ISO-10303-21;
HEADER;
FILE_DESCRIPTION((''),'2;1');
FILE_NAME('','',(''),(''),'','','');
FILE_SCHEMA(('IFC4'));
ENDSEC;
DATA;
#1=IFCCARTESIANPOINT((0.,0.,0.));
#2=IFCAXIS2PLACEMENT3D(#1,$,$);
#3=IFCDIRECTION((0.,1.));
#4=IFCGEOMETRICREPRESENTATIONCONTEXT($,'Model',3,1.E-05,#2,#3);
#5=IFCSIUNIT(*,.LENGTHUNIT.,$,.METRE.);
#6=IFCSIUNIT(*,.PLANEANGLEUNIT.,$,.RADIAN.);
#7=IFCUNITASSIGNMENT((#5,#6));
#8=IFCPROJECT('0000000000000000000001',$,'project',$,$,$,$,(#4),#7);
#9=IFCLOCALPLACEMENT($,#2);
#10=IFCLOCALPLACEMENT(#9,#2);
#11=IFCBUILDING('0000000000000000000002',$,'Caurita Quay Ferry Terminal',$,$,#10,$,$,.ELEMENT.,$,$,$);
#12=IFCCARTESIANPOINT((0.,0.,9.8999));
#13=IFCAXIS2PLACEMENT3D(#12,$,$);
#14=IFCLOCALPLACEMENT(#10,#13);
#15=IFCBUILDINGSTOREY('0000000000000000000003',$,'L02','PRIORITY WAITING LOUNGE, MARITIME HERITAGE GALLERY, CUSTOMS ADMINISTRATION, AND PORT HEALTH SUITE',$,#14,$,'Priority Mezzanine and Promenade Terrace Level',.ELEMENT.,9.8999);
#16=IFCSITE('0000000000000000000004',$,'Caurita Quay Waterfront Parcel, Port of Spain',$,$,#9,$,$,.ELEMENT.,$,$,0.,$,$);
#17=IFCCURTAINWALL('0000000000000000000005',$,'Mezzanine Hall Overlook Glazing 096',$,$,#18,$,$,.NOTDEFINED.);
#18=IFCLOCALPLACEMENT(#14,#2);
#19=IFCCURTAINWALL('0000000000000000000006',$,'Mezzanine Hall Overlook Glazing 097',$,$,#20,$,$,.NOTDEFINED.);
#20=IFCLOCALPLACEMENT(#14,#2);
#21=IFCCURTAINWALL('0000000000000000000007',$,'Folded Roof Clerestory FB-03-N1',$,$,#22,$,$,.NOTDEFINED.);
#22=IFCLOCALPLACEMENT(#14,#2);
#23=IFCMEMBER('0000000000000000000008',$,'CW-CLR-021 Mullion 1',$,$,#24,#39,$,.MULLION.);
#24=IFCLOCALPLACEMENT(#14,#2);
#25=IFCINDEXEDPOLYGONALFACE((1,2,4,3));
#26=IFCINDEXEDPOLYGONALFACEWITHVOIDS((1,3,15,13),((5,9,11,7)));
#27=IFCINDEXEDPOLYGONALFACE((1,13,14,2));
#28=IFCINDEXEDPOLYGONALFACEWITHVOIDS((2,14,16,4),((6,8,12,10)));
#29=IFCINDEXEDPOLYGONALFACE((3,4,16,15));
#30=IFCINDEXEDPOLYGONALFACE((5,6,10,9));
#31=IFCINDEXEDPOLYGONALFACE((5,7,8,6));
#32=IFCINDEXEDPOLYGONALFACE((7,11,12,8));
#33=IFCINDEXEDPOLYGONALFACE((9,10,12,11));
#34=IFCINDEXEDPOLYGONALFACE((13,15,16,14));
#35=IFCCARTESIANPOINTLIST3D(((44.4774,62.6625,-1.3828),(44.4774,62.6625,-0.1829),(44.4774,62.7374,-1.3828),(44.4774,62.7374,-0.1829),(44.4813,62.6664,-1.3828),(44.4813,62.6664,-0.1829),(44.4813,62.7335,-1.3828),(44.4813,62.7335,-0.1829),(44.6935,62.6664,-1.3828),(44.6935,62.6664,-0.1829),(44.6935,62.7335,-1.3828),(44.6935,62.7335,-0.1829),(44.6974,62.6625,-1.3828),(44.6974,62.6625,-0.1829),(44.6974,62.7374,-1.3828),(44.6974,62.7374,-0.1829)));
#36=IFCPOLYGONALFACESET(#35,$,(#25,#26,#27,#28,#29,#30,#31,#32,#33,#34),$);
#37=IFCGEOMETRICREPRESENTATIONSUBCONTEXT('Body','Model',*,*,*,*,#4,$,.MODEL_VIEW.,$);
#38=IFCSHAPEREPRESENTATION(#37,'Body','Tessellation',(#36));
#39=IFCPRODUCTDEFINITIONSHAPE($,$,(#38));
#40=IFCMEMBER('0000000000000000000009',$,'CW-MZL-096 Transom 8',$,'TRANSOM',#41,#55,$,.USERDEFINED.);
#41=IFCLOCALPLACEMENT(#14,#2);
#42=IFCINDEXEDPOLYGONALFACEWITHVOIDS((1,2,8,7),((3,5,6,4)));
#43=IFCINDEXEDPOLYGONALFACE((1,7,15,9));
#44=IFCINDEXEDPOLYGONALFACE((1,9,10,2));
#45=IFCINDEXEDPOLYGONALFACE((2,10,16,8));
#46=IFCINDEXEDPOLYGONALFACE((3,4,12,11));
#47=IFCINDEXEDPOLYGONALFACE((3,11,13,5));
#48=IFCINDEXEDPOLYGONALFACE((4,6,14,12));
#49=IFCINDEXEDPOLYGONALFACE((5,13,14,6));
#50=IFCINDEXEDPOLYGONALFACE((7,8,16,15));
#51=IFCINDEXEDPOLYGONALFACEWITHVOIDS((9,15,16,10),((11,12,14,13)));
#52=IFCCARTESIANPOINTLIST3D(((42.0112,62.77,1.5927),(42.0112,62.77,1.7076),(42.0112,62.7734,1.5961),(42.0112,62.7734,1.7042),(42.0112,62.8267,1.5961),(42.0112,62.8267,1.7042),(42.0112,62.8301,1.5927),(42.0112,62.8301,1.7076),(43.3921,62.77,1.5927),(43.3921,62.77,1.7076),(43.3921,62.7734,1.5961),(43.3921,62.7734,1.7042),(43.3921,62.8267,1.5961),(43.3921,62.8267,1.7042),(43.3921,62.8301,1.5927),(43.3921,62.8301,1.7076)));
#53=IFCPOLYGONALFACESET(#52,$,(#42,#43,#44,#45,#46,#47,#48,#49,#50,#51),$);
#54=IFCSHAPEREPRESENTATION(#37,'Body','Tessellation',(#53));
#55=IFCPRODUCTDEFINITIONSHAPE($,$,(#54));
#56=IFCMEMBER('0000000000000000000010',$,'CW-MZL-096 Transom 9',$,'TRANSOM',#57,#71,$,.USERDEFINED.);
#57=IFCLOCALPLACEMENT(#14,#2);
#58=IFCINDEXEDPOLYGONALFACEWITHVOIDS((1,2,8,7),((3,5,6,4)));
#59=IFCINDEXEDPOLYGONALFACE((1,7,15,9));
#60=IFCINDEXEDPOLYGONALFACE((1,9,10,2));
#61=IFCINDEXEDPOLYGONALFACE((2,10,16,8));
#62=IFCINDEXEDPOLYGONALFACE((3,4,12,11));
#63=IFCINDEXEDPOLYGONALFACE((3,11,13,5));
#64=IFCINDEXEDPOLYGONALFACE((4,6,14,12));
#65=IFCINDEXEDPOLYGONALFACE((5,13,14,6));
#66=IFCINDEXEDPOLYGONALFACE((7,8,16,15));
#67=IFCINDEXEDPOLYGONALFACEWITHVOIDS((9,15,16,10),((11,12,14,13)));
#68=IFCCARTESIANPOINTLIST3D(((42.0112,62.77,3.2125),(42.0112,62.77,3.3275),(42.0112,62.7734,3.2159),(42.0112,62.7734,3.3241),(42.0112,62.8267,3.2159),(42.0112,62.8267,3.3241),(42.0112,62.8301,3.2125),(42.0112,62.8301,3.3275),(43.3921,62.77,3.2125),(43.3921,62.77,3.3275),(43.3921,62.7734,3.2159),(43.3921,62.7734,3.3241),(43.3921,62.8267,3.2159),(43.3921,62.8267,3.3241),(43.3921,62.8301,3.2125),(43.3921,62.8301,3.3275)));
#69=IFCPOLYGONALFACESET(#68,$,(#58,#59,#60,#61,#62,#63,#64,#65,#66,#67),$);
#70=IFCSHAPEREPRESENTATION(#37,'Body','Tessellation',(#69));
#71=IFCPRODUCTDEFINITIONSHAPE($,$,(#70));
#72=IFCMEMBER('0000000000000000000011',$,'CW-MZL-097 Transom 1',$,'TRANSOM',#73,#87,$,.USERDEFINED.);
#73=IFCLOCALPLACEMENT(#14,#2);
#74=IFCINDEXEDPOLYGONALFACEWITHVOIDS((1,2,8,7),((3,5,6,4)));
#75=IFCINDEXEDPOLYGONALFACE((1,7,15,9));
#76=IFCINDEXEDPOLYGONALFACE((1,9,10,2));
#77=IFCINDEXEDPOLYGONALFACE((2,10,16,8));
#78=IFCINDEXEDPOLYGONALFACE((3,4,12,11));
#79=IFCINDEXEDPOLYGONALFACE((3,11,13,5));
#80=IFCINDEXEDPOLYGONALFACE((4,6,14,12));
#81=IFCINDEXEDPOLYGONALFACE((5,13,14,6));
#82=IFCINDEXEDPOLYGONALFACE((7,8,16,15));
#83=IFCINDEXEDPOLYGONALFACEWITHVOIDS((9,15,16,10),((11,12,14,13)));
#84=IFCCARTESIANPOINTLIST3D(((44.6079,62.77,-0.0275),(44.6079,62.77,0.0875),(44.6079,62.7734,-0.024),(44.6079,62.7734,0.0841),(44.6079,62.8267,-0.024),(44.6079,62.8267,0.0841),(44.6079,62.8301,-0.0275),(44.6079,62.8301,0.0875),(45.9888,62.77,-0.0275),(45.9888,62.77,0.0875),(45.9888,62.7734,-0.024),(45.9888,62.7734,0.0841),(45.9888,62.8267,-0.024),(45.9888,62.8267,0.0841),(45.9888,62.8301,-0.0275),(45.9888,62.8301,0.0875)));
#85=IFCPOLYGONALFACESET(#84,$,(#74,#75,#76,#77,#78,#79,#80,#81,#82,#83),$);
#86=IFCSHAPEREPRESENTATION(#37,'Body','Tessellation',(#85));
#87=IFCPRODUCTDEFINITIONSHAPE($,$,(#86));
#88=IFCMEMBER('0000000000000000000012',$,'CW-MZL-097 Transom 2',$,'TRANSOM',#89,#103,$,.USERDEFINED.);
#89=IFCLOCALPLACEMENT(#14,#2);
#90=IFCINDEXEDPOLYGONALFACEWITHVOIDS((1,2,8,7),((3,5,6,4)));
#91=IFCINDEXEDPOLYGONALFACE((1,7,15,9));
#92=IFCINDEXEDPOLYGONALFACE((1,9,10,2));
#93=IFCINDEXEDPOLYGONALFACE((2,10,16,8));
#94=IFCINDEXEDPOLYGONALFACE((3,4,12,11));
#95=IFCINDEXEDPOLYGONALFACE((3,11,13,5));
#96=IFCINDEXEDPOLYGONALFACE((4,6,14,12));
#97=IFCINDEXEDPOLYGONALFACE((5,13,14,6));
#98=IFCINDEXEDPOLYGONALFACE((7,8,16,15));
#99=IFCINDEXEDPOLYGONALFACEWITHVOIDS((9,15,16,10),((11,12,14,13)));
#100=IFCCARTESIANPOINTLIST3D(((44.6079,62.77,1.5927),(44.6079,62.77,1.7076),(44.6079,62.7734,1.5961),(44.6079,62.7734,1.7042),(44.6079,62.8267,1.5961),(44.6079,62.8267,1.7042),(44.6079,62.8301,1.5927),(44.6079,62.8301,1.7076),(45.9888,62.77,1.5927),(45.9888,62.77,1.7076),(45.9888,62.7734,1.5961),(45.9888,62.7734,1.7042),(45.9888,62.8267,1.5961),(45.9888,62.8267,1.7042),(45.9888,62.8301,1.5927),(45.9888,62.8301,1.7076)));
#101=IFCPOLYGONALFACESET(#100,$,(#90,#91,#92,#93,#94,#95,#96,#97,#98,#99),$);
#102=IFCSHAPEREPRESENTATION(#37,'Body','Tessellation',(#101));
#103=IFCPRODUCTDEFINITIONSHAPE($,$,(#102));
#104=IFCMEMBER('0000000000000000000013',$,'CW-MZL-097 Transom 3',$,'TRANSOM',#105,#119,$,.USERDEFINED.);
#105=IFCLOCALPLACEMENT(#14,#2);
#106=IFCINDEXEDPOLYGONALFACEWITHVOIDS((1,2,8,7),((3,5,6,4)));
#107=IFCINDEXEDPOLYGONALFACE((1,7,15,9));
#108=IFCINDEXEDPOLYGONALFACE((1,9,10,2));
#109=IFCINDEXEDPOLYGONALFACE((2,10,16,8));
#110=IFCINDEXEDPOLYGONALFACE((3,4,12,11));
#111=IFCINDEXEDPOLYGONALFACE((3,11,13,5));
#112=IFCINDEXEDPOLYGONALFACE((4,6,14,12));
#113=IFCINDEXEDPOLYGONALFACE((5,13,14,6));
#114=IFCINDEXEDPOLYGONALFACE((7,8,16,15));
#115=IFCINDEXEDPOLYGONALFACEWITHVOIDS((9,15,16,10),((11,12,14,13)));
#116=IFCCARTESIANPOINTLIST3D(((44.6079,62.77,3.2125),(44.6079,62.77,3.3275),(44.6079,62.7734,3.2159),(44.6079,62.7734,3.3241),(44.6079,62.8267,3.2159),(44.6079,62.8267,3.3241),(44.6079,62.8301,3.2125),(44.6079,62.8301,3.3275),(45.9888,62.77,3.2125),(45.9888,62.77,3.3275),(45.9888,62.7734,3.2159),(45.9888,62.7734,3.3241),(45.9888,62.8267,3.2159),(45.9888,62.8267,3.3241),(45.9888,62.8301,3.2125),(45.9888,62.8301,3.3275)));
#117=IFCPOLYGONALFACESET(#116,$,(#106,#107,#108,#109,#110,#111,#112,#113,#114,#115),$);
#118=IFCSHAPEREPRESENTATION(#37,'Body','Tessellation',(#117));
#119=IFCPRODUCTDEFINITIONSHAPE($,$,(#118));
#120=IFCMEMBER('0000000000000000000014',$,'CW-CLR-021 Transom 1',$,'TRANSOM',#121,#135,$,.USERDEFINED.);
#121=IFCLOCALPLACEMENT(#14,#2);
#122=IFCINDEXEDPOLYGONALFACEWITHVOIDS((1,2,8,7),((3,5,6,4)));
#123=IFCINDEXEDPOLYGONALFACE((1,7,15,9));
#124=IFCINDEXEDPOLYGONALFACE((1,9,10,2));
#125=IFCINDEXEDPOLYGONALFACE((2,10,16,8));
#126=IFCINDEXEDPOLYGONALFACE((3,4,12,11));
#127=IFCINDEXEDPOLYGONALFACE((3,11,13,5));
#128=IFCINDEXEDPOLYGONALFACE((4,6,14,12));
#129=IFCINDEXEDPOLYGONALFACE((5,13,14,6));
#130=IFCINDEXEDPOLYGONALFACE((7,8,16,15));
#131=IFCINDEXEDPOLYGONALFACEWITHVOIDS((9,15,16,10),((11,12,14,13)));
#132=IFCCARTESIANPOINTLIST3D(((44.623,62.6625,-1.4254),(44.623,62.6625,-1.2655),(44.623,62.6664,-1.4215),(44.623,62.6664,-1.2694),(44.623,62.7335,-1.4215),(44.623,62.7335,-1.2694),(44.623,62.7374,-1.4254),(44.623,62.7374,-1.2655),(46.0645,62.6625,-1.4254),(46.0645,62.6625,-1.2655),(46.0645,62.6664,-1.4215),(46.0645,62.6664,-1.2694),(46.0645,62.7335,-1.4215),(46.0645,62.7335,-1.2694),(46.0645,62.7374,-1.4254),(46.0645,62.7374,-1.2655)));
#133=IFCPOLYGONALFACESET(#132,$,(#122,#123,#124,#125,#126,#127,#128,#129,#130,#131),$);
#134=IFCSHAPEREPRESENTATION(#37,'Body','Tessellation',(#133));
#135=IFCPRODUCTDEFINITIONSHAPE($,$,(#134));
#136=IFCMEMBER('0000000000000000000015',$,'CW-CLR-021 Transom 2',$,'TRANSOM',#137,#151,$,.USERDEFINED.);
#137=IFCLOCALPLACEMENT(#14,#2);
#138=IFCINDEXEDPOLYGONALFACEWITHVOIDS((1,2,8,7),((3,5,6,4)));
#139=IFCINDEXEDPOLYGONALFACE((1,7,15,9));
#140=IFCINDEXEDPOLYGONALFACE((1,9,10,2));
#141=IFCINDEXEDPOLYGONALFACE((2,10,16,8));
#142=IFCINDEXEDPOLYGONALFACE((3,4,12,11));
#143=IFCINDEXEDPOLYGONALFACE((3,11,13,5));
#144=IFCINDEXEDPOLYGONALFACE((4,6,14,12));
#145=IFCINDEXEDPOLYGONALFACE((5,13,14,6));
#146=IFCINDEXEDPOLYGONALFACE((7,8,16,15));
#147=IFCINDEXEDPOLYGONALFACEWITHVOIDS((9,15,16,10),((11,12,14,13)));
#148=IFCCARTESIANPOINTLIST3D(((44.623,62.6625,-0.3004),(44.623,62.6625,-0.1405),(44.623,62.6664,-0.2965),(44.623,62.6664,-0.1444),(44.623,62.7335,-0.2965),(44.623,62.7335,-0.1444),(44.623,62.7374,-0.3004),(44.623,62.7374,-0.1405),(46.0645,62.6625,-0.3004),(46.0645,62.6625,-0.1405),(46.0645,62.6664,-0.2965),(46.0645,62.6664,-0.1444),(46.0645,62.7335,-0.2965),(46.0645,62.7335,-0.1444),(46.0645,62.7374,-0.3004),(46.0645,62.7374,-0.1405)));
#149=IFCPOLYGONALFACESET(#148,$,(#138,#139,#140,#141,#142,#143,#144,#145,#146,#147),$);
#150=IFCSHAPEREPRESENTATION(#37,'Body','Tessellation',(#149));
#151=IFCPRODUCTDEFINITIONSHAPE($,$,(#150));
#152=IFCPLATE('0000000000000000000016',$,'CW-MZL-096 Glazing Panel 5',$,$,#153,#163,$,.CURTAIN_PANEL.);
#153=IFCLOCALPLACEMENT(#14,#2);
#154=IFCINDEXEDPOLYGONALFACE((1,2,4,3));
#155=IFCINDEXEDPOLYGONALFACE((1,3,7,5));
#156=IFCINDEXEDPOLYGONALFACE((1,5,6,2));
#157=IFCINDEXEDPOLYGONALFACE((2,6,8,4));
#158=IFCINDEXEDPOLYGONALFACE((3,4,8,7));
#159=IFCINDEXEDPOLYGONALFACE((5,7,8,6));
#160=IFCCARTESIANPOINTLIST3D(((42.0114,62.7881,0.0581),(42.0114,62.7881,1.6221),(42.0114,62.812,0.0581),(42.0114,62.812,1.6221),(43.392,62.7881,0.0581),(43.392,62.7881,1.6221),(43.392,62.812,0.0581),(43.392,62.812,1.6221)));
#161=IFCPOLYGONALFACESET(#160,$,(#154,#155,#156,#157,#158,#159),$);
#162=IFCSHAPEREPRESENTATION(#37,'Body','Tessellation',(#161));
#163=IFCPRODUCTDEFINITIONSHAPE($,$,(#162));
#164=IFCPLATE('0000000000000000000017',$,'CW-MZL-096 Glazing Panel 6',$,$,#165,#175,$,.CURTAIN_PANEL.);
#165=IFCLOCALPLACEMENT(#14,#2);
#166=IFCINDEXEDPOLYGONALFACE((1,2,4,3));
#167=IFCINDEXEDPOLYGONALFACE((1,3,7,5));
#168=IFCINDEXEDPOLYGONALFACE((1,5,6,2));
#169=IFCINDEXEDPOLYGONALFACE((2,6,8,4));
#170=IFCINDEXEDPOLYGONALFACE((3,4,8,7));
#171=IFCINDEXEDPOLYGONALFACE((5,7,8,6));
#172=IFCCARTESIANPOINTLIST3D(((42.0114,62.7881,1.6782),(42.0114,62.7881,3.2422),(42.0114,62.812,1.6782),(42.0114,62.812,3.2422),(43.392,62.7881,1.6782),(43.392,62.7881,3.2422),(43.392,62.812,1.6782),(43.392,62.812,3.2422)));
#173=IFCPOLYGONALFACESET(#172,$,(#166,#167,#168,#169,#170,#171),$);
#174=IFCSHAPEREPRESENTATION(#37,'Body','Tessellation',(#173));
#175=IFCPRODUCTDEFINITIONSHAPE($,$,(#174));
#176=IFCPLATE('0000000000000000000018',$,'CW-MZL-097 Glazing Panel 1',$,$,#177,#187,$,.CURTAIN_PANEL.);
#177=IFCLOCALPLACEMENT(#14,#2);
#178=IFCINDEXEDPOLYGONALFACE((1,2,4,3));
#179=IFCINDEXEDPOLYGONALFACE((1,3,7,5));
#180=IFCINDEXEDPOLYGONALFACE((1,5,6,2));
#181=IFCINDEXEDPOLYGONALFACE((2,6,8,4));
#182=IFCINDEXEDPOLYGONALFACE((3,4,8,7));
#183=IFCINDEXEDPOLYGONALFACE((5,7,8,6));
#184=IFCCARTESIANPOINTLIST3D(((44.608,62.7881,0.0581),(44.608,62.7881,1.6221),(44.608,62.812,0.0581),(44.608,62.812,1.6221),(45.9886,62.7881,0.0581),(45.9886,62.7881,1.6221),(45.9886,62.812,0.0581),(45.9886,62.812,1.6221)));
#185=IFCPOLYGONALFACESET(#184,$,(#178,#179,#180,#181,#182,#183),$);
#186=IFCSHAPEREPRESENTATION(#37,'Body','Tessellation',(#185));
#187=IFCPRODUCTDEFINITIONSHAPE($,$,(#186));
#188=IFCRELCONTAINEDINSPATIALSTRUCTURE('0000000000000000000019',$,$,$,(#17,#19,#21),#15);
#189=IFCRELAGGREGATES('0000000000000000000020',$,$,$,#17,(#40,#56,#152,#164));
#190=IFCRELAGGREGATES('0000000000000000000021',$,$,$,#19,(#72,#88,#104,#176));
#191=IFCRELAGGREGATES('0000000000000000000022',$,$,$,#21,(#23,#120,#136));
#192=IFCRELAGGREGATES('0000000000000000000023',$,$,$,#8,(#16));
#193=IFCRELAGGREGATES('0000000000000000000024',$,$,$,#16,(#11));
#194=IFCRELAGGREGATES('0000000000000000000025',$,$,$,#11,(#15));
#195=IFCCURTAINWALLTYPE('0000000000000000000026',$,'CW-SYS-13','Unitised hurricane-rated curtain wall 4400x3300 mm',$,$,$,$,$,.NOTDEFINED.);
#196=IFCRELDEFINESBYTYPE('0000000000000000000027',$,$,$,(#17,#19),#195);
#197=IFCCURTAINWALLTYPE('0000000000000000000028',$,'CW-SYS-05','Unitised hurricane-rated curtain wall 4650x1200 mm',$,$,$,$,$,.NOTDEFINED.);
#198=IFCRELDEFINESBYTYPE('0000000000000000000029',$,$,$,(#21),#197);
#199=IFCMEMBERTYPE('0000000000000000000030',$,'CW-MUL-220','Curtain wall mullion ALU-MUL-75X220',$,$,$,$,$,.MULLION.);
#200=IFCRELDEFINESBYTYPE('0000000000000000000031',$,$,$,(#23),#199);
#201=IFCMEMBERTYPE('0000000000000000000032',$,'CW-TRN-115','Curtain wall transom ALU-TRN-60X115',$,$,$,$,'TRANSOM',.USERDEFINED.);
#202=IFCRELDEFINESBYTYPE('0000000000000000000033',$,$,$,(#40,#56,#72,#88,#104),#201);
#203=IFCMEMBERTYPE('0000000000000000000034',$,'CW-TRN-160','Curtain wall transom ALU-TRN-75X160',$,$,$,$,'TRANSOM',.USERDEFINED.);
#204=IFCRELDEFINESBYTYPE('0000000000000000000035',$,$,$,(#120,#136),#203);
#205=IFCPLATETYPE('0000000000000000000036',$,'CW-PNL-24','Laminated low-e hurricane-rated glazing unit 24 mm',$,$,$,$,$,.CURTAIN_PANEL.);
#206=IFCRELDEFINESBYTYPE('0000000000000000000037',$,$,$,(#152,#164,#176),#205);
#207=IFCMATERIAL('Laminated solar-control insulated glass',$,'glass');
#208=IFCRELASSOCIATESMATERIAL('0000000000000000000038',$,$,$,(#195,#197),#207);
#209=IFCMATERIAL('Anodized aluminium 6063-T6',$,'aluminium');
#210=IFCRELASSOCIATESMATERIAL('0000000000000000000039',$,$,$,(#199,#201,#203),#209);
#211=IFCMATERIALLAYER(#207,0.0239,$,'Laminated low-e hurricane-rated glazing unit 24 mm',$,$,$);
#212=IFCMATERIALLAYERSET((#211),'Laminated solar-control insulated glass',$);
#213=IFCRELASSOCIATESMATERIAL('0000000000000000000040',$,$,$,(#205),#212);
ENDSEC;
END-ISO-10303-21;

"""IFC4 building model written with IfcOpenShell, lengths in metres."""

from ifc_helpers import new_model, si_unit, direction, frame, origin, origin_2d, place, context, subcontext, project, spatial, rectangle, hollow_rectangle, extrude, material, layer, layer_set, material_profile, profile_set, type_object, element, aggregate, save


model = new_model("IFC4")

# Units and contexts
model_context = context("Model", 3, precision=1e-05, world=origin(), true_north=direction((0.0, 1.0)))
body_context = subcontext(model_context, "Body", "Model", "MODEL_VIEW")
ifc_project = project(units=[si_unit("LENGTHUNIT", "METRE"), si_unit("PLANEANGLEUNIT", "RADIAN")], contexts=[model_context])

# Site, building, storey
site_placement = place(None, origin())
site = spatial("IfcSite", under=ifc_project, at=site_placement, Name="Caurita Quay Waterfront Parcel, Port of Spain", CompositionType="ELEMENT", RefElevation=0.0)
building_placement = place(site_placement, origin())
building = spatial("IfcBuilding", under=site, at=building_placement, Name="Caurita Quay Ferry Terminal", CompositionType="ELEMENT")
storey_placement = place(building_placement, frame((0.0, 0.0, 9.8999)))
storey = spatial("IfcBuildingStorey", under=building, at=storey_placement, Name="L02", Description="PRIORITY WAITING LOUNGE, MARITIME HERITAGE GALLERY, CUSTOMS ADMINISTRATION, AND PORT HEALTH SUITE", LongName="Priority Mezzanine and Promenade Terrace Level", CompositionType="ELEMENT", Elevation=9.8999)

# Curtain walls, member
ifc_material_1 = material(Name="Laminated solar-control insulated glass", Category="glass")
curtain_wall_type_1 = type_object("IfcCurtainWallType", Name="CW-SYS-13", Description="Unitised hurricane-rated curtain wall 4400x3300 mm", PredefinedType="NOTDEFINED", material=ifc_material_1)
curtain_wall_1_placement = place(storey_placement, origin())
curtain_wall_1 = element("IfcCurtainWall", 1, at=curtain_wall_1_placement, inside=storey, type_object=curtain_wall_type_1, Name="Mezzanine Hall Overlook Glazing 096", PredefinedType="NOTDEFINED")
ifc_material_2 = material(Name="Anodized aluminium 6063-T6", Category="aluminium")
curtain_wall_2_placement = place(storey_placement, origin())
curtain_wall_2 = element("IfcCurtainWall", 2, at=curtain_wall_2_placement, inside=storey, type_object=curtain_wall_type_1, Name="Mezzanine Hall Overlook Glazing 097", PredefinedType="NOTDEFINED")
ifc_material_profile_1 = material_profile(ifc_material_2, hollow_rectangle(XDim=0.075, YDim=0.22, WallThickness=0.0039, at=origin_2d()), Name="ALU-MUL-75X220")
ifc_profile_set_1 = profile_set([ifc_material_profile_1], Name="Anodized aluminium 6063-T6")
member_type_1 = type_object("IfcMemberType", Name="CW-MUL-220", Description="Curtain wall mullion ALU-MUL-75X220", PredefinedType="MULLION", material=ifc_profile_set_1)
curtain_wall_type_2 = type_object("IfcCurtainWallType", Name="CW-SYS-05", Description="Unitised hurricane-rated curtain wall 4650x1200 mm", PredefinedType="NOTDEFINED", material=ifc_material_1)
curtain_wall_3_placement = place(storey_placement, origin())
curtain_wall_3 = element("IfcCurtainWall", 3, at=curtain_wall_3_placement, inside=storey, type_object=curtain_wall_type_2, Name="Folded Roof Clerestory FB-03-N1", PredefinedType="NOTDEFINED")
member_1_placement = place(storey_placement, frame((44.5874, 62.7, -1.3828), z_axis=(0.0, 0.0, 1.0), x_axis=(0.0, 1.0, 0.0)))
member_1 = element("IfcMember", 4, at=member_1_placement, type_object=member_type_1, Name="CW-CLR-021 Mullion 1", PredefinedType="MULLION", context=body_context, shape_type="SweptSolid", body=[
    extrude(hollow_rectangle(XDim=0.075, YDim=0.22, WallThickness=0.0039, at=origin_2d()), origin(), (0.0, 0.0, 1.0), 1.2),
])

# Members
ifc_material_profile_2 = material_profile(ifc_material_2, hollow_rectangle(XDim=0.0601, YDim=0.115, WallThickness=0.0034, at=origin_2d()), Name="ALU-TRN-60X115")
ifc_profile_set_2 = profile_set([ifc_material_profile_2], Name="Anodized aluminium 6063-T6")
member_type_2 = type_object("IfcMemberType", Name="CW-TRN-115", Description="Curtain wall transom ALU-TRN-60X115", ElementType="TRANSOM", PredefinedType="USERDEFINED", material=ifc_profile_set_2)
member_2_placement = place(storey_placement, frame((42.0112, 62.8, 1.6501), z_axis=(1.0, 0.0, 0.0), x_axis=(0.0, 1.0, 0.0)))
member_2 = element("IfcMember", 5, at=member_2_placement, type_object=member_type_2, Name="CW-MZL-096 Transom 8", ObjectType="TRANSOM", PredefinedType="USERDEFINED", context=body_context, shape_type="SweptSolid", body=[
    extrude(hollow_rectangle(XDim=0.0601, YDim=0.115, WallThickness=0.0034, at=origin_2d()), origin(), (0.0, 0.0, 1.0), 1.3809),
])
member_3_placement = place(storey_placement, frame((42.0112, 62.8, 3.27), z_axis=(1.0, 0.0, 0.0), x_axis=(0.0, 1.0, 0.0)))
member_3 = element("IfcMember", 6, at=member_3_placement, type_object=member_type_2, Name="CW-MZL-096 Transom 9", ObjectType="TRANSOM", PredefinedType="USERDEFINED", context=body_context, shape_type="SweptSolid", body=[
    extrude(hollow_rectangle(XDim=0.0601, YDim=0.115, WallThickness=0.0034, at=origin_2d()), origin(), (0.0, 0.0, 1.0), 1.3809),
])
member_4_placement = place(storey_placement, frame((44.6079, 62.8, 0.03), z_axis=(1.0, 0.0, 0.0), x_axis=(0.0, 1.0, 0.0)))
member_4 = element("IfcMember", 7, at=member_4_placement, type_object=member_type_2, Name="CW-MZL-097 Transom 1", ObjectType="TRANSOM", PredefinedType="USERDEFINED", context=body_context, shape_type="SweptSolid", body=[
    extrude(hollow_rectangle(XDim=0.0601, YDim=0.115, WallThickness=0.0034, at=origin_2d()), origin(), (0.0, 0.0, 1.0), 1.3809),
])
member_5_placement = place(storey_placement, frame((44.6079, 62.8, 1.6501), z_axis=(1.0, 0.0, 0.0), x_axis=(0.0, 1.0, 0.0)))
member_5 = element("IfcMember", 8, at=member_5_placement, type_object=member_type_2, Name="CW-MZL-097 Transom 2", ObjectType="TRANSOM", PredefinedType="USERDEFINED", context=body_context, shape_type="SweptSolid", body=[
    extrude(hollow_rectangle(XDim=0.0601, YDim=0.115, WallThickness=0.0034, at=origin_2d()), origin(), (0.0, 0.0, 1.0), 1.3809),
])
member_6_placement = place(storey_placement, frame((44.6079, 62.8, 3.27), z_axis=(1.0, 0.0, 0.0), x_axis=(0.0, 1.0, 0.0)))
member_6 = element("IfcMember", 9, at=member_6_placement, type_object=member_type_2, Name="CW-MZL-097 Transom 3", ObjectType="TRANSOM", PredefinedType="USERDEFINED", context=body_context, shape_type="SweptSolid", body=[
    extrude(hollow_rectangle(XDim=0.0601, YDim=0.115, WallThickness=0.0034, at=origin_2d()), origin(), (0.0, 0.0, 1.0), 1.3809),
])
ifc_material_profile_3 = material_profile(ifc_material_2, hollow_rectangle(XDim=0.075, YDim=0.1599, WallThickness=0.0039, at=origin_2d()), Name="ALU-TRN-75X160")
ifc_profile_set_3 = profile_set([ifc_material_profile_3], Name="Anodized aluminium 6063-T6")
member_type_3 = type_object("IfcMemberType", Name="CW-TRN-160", Description="Curtain wall transom ALU-TRN-75X160", ElementType="TRANSOM", PredefinedType="USERDEFINED", material=ifc_profile_set_3)
member_7_placement = place(storey_placement, frame((44.623, 62.7, -1.3455), z_axis=(1.0, 0.0, 0.0), x_axis=(0.0, 1.0, 0.0)))
member_7 = element("IfcMember", 10, at=member_7_placement, type_object=member_type_3, Name="CW-CLR-021 Transom 1", ObjectType="TRANSOM", PredefinedType="USERDEFINED", context=body_context, shape_type="SweptSolid", body=[
    extrude(hollow_rectangle(XDim=0.075, YDim=0.1599, WallThickness=0.0039, at=origin_2d()), origin(), (0.0, 0.0, 1.0), 1.4414),
])
member_8_placement = place(storey_placement, frame((44.623, 62.7, -0.2205), z_axis=(1.0, 0.0, 0.0), x_axis=(0.0, 1.0, 0.0)))
member_8 = element("IfcMember", 11, at=member_8_placement, type_object=member_type_3, Name="CW-CLR-021 Transom 2", ObjectType="TRANSOM", PredefinedType="USERDEFINED", context=body_context, shape_type="SweptSolid", body=[
    extrude(hollow_rectangle(XDim=0.075, YDim=0.1599, WallThickness=0.0039, at=origin_2d()), origin(), (0.0, 0.0, 1.0), 1.4414),
])

# Plates
ifc_layer_1 = layer(ifc_material_1, 0.0239, Name="Laminated low-e hurricane-rated glazing unit 24 mm")
ifc_layer_set_1 = layer_set([ifc_layer_1], Name="Laminated solar-control insulated glass")
plate_type_1 = type_object("IfcPlateType", Name="CW-PNL-24", Description="Laminated low-e hurricane-rated glazing unit 24 mm", PredefinedType="CURTAIN_PANEL", material=ifc_layer_set_1)
plate_1_placement = place(storey_placement, frame((42.7017, 62.8, 0.0581), z_axis=(0.0, 0.0, 1.0), x_axis=(1.0, 0.0, 0.0)))
plate_1 = element("IfcPlate", 12, at=plate_1_placement, type_object=plate_type_1, Name="CW-MZL-096 Glazing Panel 5", PredefinedType="CURTAIN_PANEL", context=body_context, shape_type="SweptSolid", body=[
    extrude(rectangle(XDim=1.3806, YDim=0.0239, at=origin_2d()), origin(), (0.0, 0.0, 1.0), 1.564),
])
plate_2_placement = place(storey_placement, frame((42.7017, 62.8, 1.6782), z_axis=(0.0, 0.0, 1.0), x_axis=(1.0, 0.0, 0.0)))
plate_2 = element("IfcPlate", 13, at=plate_2_placement, type_object=plate_type_1, Name="CW-MZL-096 Glazing Panel 6", PredefinedType="CURTAIN_PANEL", context=body_context, shape_type="SweptSolid", body=[
    extrude(rectangle(XDim=1.3806, YDim=0.0239, at=origin_2d()), origin(), (0.0, 0.0, 1.0), 1.564),
])
aggregate(curtain_wall_1, [member_2, member_3, plate_1, plate_2])
plate_3_placement = place(storey_placement, frame((45.2983, 62.8, 0.0581), z_axis=(0.0, 0.0, 1.0), x_axis=(1.0, 0.0, 0.0)))
plate_3 = element("IfcPlate", 14, at=plate_3_placement, type_object=plate_type_1, Name="CW-MZL-097 Glazing Panel 1", PredefinedType="CURTAIN_PANEL", context=body_context, shape_type="SweptSolid", body=[
    extrude(rectangle(XDim=1.3806, YDim=0.0239, at=origin_2d()), origin(), (0.0, 0.0, 1.0), 1.564),
])
aggregate(curtain_wall_2, [member_4, member_5, member_6, plate_3])
aggregate(curtain_wall_3, [member_1, member_7, member_8])

save(model, "model.ifc")
